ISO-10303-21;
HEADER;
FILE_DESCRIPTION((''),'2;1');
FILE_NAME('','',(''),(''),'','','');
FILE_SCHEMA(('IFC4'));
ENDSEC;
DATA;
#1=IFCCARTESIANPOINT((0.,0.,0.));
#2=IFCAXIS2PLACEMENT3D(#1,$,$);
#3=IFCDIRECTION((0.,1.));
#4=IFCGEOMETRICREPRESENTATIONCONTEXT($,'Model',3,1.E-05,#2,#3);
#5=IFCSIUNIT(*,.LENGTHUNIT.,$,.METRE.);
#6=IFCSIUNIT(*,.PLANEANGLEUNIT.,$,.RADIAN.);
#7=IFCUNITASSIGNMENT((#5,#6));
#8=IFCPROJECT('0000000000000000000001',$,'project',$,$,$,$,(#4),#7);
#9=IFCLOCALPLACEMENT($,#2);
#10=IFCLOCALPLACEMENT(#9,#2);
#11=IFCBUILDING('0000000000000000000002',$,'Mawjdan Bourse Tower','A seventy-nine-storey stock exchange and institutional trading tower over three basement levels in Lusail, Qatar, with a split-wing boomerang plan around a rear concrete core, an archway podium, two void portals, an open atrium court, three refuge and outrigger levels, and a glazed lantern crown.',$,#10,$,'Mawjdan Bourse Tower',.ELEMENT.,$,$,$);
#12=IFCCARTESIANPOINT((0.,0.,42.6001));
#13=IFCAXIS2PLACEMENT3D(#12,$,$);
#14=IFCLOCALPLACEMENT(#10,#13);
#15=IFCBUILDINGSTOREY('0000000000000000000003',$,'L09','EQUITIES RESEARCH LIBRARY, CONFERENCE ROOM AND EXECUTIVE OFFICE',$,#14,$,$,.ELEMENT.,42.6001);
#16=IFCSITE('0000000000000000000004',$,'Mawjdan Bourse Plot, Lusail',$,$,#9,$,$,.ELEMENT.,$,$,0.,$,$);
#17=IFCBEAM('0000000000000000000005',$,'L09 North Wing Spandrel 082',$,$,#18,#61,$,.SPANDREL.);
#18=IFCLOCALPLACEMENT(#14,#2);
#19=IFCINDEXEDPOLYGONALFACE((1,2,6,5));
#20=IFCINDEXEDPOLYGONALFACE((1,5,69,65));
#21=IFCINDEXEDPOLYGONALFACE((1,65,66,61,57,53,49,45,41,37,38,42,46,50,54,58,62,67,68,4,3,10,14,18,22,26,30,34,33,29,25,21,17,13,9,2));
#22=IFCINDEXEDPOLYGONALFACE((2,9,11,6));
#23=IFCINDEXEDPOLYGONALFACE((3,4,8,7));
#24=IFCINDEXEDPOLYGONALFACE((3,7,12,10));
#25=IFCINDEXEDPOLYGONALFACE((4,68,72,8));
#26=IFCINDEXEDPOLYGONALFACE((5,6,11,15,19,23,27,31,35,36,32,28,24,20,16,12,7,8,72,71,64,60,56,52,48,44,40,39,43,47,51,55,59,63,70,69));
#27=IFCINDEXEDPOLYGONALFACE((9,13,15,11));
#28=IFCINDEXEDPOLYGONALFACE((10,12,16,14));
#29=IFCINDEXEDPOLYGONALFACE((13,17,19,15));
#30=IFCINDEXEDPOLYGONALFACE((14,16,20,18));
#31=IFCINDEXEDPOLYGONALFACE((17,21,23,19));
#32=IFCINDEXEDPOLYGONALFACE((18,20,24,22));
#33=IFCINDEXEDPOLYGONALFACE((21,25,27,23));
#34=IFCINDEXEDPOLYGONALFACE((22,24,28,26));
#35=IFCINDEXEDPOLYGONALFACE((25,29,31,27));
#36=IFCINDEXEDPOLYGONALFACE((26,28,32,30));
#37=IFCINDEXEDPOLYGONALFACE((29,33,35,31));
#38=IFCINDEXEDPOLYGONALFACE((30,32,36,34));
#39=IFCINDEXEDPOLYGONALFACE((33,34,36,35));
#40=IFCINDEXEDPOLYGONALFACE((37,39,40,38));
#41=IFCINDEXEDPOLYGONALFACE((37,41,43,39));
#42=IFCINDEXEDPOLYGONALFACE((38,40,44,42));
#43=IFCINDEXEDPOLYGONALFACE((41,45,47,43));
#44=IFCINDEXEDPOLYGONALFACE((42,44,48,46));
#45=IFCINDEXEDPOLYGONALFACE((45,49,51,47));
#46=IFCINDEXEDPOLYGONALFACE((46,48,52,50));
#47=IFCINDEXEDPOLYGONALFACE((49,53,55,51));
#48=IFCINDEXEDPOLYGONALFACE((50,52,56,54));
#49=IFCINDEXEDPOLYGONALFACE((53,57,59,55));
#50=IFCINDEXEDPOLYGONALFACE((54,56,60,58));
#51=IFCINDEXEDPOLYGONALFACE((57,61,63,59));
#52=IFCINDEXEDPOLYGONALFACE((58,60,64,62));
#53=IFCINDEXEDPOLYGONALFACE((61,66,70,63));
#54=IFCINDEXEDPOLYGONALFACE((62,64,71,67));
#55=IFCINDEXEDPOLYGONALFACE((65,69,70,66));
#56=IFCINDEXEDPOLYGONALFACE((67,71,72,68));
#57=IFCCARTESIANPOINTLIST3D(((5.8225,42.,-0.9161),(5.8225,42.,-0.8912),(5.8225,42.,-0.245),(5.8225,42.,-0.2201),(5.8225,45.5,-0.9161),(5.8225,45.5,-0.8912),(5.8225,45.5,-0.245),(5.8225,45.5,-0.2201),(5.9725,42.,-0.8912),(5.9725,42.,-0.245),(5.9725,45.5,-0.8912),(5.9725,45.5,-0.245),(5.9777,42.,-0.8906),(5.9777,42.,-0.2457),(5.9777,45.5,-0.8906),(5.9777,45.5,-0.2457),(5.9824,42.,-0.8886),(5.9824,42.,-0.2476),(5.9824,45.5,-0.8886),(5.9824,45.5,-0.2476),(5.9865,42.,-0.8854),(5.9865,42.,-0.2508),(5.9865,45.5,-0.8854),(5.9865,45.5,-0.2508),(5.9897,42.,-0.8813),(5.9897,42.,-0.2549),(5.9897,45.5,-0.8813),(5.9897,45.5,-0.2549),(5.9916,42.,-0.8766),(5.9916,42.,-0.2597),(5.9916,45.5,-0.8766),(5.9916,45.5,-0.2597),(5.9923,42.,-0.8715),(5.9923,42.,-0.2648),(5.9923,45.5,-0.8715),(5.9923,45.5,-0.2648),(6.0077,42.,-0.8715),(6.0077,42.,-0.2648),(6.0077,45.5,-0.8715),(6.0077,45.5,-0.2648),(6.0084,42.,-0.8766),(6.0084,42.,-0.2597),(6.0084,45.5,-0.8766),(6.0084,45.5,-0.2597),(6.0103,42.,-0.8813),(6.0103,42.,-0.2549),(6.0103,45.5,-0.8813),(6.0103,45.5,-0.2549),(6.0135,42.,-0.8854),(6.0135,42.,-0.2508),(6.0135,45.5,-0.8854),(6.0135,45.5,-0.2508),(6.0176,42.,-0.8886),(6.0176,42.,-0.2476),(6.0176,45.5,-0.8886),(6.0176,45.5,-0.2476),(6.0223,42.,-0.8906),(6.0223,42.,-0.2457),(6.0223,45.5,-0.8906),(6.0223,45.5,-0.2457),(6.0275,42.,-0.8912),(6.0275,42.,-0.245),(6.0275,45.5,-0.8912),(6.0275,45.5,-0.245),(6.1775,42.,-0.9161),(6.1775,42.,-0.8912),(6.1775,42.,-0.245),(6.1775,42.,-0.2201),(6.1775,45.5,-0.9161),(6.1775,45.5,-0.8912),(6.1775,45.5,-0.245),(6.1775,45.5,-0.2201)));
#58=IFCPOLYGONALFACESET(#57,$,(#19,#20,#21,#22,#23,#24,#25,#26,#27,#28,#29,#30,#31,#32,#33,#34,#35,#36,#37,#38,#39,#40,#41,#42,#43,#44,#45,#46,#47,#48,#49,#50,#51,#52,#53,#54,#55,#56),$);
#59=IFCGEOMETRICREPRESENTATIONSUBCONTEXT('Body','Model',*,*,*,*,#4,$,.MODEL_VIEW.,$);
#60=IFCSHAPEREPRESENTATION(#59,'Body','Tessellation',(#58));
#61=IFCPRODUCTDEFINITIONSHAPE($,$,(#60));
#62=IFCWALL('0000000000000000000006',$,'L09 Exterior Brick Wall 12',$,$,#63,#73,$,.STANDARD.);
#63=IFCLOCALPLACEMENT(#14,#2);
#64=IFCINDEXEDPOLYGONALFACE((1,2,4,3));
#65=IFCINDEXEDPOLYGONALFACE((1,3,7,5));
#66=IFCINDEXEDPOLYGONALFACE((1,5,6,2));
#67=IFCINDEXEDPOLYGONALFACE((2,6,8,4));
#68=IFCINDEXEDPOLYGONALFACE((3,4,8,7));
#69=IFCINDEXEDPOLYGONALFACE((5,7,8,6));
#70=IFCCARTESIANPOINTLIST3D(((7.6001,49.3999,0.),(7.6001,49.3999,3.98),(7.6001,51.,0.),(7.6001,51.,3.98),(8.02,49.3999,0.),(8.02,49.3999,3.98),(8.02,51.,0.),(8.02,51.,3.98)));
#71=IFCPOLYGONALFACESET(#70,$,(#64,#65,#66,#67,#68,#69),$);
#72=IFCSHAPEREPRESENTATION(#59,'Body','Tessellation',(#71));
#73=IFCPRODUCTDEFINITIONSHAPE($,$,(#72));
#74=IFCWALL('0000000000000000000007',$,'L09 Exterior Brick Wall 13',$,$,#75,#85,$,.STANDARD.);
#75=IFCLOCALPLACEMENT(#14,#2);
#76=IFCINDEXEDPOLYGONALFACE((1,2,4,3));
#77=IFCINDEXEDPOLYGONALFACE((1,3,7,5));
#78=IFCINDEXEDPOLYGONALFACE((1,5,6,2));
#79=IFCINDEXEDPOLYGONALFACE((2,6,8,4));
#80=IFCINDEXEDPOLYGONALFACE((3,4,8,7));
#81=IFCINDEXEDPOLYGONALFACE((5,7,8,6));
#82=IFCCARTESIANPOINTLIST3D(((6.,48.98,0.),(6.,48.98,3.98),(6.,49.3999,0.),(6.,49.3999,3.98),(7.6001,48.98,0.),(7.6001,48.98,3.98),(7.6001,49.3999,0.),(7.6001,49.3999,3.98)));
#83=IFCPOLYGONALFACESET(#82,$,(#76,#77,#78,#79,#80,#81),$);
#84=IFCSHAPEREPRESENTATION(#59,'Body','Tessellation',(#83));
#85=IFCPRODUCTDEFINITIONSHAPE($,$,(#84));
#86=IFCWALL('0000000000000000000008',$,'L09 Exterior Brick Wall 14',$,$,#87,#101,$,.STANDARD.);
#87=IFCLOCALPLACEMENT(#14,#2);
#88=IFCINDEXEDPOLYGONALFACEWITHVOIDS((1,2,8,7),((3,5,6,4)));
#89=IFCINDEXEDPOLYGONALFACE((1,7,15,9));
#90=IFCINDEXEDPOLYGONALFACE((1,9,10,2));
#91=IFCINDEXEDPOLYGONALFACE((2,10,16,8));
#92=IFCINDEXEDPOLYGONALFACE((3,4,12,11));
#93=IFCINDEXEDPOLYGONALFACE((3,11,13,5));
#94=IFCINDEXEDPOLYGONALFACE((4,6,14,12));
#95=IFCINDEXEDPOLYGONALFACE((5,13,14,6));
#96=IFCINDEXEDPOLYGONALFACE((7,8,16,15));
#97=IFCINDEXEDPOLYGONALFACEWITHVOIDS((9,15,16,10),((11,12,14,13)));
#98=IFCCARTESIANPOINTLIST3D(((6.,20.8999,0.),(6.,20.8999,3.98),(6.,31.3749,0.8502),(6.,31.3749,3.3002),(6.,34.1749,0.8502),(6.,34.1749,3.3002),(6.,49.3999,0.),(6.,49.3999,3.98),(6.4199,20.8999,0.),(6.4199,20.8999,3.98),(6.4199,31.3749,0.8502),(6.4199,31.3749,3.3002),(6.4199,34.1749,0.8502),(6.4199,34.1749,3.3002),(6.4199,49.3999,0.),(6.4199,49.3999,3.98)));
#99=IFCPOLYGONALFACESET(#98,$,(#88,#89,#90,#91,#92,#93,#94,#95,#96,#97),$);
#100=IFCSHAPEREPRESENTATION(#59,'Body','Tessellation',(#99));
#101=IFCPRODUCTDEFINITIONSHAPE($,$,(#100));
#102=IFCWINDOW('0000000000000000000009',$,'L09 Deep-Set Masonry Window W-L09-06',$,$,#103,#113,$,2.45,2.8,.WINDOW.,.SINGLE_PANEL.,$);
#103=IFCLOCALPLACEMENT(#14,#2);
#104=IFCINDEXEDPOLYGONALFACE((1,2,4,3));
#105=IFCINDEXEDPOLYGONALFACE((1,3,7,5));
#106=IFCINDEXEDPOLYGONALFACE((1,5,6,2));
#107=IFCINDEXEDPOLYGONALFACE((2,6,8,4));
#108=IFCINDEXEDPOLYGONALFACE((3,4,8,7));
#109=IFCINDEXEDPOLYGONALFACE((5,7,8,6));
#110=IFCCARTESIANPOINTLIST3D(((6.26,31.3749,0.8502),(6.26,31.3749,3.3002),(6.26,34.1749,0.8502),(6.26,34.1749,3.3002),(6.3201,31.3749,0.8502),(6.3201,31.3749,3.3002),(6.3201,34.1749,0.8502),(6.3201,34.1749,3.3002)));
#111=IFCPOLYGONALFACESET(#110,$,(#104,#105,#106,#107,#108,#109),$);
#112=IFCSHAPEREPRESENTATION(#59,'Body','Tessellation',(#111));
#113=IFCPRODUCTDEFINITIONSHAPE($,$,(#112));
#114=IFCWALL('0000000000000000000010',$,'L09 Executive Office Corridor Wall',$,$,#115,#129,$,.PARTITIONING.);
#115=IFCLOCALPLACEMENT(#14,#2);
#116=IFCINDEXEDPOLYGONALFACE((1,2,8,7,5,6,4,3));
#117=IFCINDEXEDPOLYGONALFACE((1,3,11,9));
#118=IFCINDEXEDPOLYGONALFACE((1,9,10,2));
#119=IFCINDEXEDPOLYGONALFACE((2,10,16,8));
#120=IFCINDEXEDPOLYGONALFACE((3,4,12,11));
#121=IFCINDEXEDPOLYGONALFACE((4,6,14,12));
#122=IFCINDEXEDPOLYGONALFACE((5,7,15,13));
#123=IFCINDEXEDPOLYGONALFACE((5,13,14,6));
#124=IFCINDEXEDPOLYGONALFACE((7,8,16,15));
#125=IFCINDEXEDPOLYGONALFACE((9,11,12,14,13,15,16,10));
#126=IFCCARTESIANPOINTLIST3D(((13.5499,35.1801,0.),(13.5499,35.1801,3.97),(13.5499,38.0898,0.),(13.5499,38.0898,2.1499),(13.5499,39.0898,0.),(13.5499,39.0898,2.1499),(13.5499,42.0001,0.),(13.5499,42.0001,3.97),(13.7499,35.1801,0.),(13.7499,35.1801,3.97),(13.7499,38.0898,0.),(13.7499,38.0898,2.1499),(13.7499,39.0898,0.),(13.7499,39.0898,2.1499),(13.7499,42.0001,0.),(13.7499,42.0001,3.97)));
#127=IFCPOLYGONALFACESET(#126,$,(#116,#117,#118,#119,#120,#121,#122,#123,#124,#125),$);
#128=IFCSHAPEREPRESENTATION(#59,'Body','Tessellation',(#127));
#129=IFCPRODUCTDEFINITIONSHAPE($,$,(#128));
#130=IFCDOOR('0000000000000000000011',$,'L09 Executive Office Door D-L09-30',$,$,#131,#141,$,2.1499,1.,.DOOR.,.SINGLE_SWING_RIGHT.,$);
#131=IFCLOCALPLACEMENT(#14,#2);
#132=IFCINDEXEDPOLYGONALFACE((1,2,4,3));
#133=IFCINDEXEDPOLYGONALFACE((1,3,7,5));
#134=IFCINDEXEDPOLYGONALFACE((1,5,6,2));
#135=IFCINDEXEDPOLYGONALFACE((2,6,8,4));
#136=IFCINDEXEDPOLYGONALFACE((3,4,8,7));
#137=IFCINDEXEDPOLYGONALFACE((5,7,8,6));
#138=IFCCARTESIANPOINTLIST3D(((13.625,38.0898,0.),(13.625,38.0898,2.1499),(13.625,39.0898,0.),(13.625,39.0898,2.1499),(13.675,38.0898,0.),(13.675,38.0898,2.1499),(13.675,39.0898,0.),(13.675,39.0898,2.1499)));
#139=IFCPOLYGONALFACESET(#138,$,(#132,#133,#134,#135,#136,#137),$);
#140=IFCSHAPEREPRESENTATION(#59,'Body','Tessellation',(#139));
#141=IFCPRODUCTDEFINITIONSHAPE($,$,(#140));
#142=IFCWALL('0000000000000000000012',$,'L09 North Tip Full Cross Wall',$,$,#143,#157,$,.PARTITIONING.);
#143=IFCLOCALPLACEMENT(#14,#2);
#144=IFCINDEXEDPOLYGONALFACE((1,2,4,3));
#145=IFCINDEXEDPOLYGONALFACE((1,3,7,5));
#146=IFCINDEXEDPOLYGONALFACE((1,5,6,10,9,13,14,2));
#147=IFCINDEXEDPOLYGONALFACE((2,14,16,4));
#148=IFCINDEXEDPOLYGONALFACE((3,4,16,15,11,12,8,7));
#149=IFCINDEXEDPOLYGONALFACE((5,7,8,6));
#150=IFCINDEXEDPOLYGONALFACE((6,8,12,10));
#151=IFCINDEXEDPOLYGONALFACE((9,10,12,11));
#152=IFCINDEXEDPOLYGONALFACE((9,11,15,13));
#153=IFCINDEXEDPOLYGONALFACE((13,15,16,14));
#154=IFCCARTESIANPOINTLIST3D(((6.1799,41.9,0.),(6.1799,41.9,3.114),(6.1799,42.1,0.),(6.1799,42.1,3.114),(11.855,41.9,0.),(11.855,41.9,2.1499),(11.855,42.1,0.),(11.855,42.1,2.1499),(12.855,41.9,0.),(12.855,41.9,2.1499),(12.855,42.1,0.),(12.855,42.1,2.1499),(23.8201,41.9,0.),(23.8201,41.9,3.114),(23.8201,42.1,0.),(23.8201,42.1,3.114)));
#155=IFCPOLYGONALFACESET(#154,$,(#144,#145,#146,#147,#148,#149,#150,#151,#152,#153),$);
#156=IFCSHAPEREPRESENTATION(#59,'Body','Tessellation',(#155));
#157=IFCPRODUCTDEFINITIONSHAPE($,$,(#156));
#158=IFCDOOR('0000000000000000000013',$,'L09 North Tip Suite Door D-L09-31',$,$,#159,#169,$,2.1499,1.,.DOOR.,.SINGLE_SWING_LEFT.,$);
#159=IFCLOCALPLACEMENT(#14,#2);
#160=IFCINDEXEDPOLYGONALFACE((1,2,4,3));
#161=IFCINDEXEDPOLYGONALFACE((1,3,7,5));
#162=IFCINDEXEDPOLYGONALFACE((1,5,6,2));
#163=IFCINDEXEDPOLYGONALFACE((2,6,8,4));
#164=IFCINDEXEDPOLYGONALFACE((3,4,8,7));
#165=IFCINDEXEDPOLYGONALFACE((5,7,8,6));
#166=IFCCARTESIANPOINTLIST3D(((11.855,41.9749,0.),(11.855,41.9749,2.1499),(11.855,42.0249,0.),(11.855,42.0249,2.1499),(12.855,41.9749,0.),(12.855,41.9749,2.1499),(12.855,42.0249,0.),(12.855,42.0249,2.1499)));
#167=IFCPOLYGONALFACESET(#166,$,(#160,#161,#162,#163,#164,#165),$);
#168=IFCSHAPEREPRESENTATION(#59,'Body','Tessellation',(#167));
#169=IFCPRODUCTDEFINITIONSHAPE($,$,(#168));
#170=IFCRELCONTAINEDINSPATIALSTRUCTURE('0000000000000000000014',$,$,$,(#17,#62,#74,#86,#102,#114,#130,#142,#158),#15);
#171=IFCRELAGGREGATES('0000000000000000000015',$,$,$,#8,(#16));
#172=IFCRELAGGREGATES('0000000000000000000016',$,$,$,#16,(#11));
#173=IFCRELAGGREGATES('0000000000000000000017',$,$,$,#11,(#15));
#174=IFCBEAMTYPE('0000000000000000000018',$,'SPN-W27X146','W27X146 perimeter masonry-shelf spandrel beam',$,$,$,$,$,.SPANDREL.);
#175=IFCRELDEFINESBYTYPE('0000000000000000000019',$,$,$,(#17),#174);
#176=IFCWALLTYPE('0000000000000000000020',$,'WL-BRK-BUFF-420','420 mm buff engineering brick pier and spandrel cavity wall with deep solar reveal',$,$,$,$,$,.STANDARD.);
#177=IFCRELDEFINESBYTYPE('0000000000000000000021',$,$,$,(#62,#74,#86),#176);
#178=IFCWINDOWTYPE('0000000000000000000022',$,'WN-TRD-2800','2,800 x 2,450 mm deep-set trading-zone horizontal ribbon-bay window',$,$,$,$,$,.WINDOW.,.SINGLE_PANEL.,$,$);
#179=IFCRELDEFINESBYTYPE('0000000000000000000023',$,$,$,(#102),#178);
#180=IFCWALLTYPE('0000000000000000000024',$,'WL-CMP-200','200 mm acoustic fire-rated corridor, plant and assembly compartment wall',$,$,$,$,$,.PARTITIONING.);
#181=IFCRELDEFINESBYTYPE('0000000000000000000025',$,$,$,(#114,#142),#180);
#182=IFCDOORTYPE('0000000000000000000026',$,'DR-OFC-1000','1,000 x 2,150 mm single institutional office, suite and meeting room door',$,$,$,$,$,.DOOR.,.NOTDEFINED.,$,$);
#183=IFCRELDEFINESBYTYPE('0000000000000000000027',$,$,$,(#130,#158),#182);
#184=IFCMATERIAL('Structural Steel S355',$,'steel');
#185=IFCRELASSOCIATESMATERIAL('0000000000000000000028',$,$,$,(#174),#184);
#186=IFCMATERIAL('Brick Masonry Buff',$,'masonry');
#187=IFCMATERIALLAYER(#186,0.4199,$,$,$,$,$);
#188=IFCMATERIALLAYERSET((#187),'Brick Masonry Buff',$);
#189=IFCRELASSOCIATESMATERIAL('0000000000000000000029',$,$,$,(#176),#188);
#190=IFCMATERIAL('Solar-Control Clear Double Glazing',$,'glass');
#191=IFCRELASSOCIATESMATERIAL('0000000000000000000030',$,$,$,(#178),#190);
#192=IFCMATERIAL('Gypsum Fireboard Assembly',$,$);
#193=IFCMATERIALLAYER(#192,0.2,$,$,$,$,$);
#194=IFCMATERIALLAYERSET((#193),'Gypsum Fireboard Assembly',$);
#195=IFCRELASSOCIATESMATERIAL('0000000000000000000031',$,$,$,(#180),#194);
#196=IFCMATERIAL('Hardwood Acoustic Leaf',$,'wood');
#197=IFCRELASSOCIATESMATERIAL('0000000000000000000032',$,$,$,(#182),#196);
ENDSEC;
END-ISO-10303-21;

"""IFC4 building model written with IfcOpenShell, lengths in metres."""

from ifc_helpers import new_model, si_unit, direction, frame, frame_2d, origin, origin_2d, place, context, subcontext, project, spatial, rectangle, i_section, extrude, material, layer, layer_set, material_profile, profile_set, type_object, element, fill, save


model = new_model("IFC4")

# Units and contexts
model_context = context("Model", 3, precision=1e-05, world=origin(), true_north=direction((0.0, 1.0)))
body_context = subcontext(model_context, "Body", "Model", "MODEL_VIEW")
ifc_project = project(units=[si_unit("LENGTHUNIT", "METRE"), si_unit("PLANEANGLEUNIT", "RADIAN")], contexts=[model_context])

# Site, building, storey
site_placement = place(None, origin())
site = spatial("IfcSite", under=ifc_project, at=site_placement, Name="Mawjdan Bourse Plot, Lusail", CompositionType="ELEMENT", RefElevation=0.0)
building_placement = place(site_placement, origin())
building = spatial("IfcBuilding", under=site, at=building_placement, Name="Mawjdan Bourse Tower", Description="A seventy-nine-storey stock exchange and institutional trading tower over three basement levels in Lusail, Qatar, with a split-wing boomerang plan around a rear concrete core, an archway podium, two void portals, an open atrium court, three refuge and outrigger levels, and a glazed lantern crown.", LongName="Mawjdan Bourse Tower", CompositionType="ELEMENT")
storey_placement = place(building_placement, frame((0.0, 0.0, 42.6001)))
storey = spatial("IfcBuildingStorey", under=building, at=storey_placement, Name="L09", Description="EQUITIES RESEARCH LIBRARY, CONFERENCE ROOM AND EXECUTIVE OFFICE", CompositionType="ELEMENT", Elevation=42.6001)

# Beam
ifc_material_1 = material(Name="Structural Steel S355", Category="steel")
ifc_material_profile_1 = material_profile(ifc_material_1, i_section(OverallWidth=0.355, OverallDepth=0.696, WebThickness=0.0154, FlangeThickness=0.0249, FilletRadius=0.0198, at=origin_2d()), Name="W27X146")
ifc_profile_set_1 = profile_set([ifc_material_profile_1], Name="Structural Steel S355")
beam_type_1 = type_object("IfcBeamType", Name="SPN-W27X146", Description="W27X146 perimeter masonry-shelf spandrel beam", PredefinedType="SPANDREL", material=ifc_profile_set_1)
beam_1_placement = place(storey_placement, frame((6.0, 42.0, -0.5681), z_axis=(0.0, 1.0, 0.0), x_axis=(-1.0, 0.0, 0.0)))
element("IfcBeam", 1, at=beam_1_placement, inside=storey, type_object=beam_type_1, Name="L09 North Wing Spandrel 082", PredefinedType="SPANDREL", context=body_context, shape_type="SweptSolid", body=[
    extrude(i_section(OverallWidth=0.355, OverallDepth=0.696, WebThickness=0.0154, FlangeThickness=0.0249, FilletRadius=0.0198, at=origin_2d()), origin(), (0.0, 0.0, 1.0), 3.5),
])

# Walls
ifc_material_2 = material(Name="Brick Masonry Buff", Category="masonry")
ifc_layer_1 = layer(ifc_material_2, 0.4199)
ifc_layer_set_1 = layer_set([ifc_layer_1], Name="Brick Masonry Buff")
wall_type_1 = type_object("IfcWallType", Name="WL-BRK-BUFF-420", Description="420 mm buff engineering brick pier and spandrel cavity wall with deep solar reveal", PredefinedType="STANDARD", material=ifc_layer_set_1)
for number, where, z_axis, x_axis, name in (
    (2, (7.8101, 51.0, 0.0), (0.0, 0.0, 1.0), (0.0, -1.0, 0.0), "L09 Exterior Brick Wall 12"),
    (3, (7.6001, 49.1899, 0.0), (0.0, 0.0, 1.0), (-1.0, 0.0, 0.0), "L09 Exterior Brick Wall 13"),
):
    element("IfcWall", number, at=place(storey_placement, frame(where, z_axis=z_axis, x_axis=x_axis)), inside=storey, type_object=wall_type_1, Name=name, PredefinedType="STANDARD", context=body_context, shape_type="SweptSolid", body=[
        extrude(rectangle(XDim=1.6001, YDim=0.4199, at=frame_2d((0.8, 0.0))), origin(), (0.0, 0.0, 1.0), 3.98),
    ])

# Wall, opening, window
wall_1_placement = place(storey_placement, frame((6.21, 49.3999, 0.0), z_axis=(0.0, 0.0, 1.0), x_axis=(0.0, -1.0, 0.0)))
wall_1 = element("IfcWall", 4, at=wall_1_placement, inside=storey, type_object=wall_type_1, Name="L09 Exterior Brick Wall 14", PredefinedType="STANDARD", context=body_context, shape_type="SweptSolid", body=[
    extrude(rectangle(XDim=28.5, YDim=0.4199, at=frame_2d((14.25, 0.0))), origin(), (0.0, 0.0, 1.0), 3.98),
])
opening_1_placement = place(wall_1_placement, frame((15.2251, 0.0, 0.8501)))
opening_1 = element("IfcOpeningElement", 5, at=opening_1_placement, cuts=wall_1, PredefinedType="OPENING", context=body_context, shape_type="SweptSolid", body=[
    extrude(rectangle(XDim=2.8, YDim=2.45, at=frame_2d((1.3999, 1.2251))), frame((0.0, 0.22, 0.0), z_axis=(0.0, -1.0, 0.0), x_axis=(1.0, 0.0, 0.0)), (0.0, 0.0, 1.0), 0.4399),
])
ifc_material_3 = material(Name="Solar-Control Clear Double Glazing", Category="glass")
window_type = type_object("IfcWindowType", Name="WN-TRD-2800", Description="2,800 x 2,450 mm deep-set trading-zone horizontal ribbon-bay window", PartitioningType="SINGLE_PANEL", PredefinedType="WINDOW", material=ifc_material_3)
window_placement = place(opening_1_placement, origin())
window = element("IfcWindow", 6, at=window_placement, inside=storey, type_object=window_type, Name="L09 Deep-Set Masonry Window W-L09-06", OverallHeight=2.45, OverallWidth=2.8, PartitioningType="SINGLE_PANEL", PredefinedType="WINDOW", context=body_context, shape_type="SweptSolid", body=[
    extrude(rectangle(XDim=2.8, YDim=2.45, at=frame_2d((1.3999, 1.2251))), frame((0.0, 0.1101, 0.0), z_axis=(0.0, -1.0, 0.0), x_axis=(1.0, 0.0, 0.0)), (0.0, 0.0, 1.0), 0.0601),
])
fill(opening_1, window)

# Walls, openings, doors
ifc_material_4 = material(Name="Gypsum Fireboard Assembly")
ifc_layer_2 = layer(ifc_material_4, 0.2)
ifc_layer_set_2 = layer_set([ifc_layer_2], Name="Gypsum Fireboard Assembly")
wall_type_2 = type_object("IfcWallType", Name="WL-CMP-200", Description="200 mm acoustic fire-rated corridor, plant and assembly compartment wall", PredefinedType="PARTITIONING", material=ifc_layer_set_2)
wall_2_placement = place(storey_placement, frame((13.6499, 35.1799, 0.0), z_axis=(0.0, 0.0, 1.0), x_axis=(0.0, 1.0, 0.0)))
wall_2 = element("IfcWall", 7, at=wall_2_placement, inside=storey, type_object=wall_type_2, Name="L09 Executive Office Corridor Wall", PredefinedType="PARTITIONING", context=body_context, shape_type="SweptSolid", body=[
    extrude(rectangle(XDim=6.8201, YDim=0.2, at=frame_2d((3.4102, 0.0))), origin(), (0.0, 0.0, 1.0), 3.97),
])
opening_2_placement = place(wall_2_placement, frame((2.9099, 0.0, 0.0)))
opening_2 = element("IfcOpeningElement", 8, at=opening_2_placement, cuts=wall_2, PredefinedType="OPENING", context=body_context, shape_type="SweptSolid", body=[
    extrude(rectangle(XDim=1.0, YDim=2.1499, at=frame_2d((0.5, 1.075))), frame((0.0, 0.1099, 0.0), z_axis=(0.0, -1.0, 0.0), x_axis=(1.0, 0.0, 0.0)), (0.0, 0.0, 1.0), 0.22),
])
ifc_material_5 = material(Name="Hardwood Acoustic Leaf", Category="wood")
door_type = type_object("IfcDoorType", Name="DR-OFC-1000", Description="1,000 x 2,150 mm single institutional office, suite and meeting room door", OperationType="NOTDEFINED", PredefinedType="DOOR", material=ifc_material_5)
door_1_placement = place(opening_2_placement, origin())
door_1 = element("IfcDoor", 9, at=door_1_placement, inside=storey, type_object=door_type, Name="L09 Executive Office Door D-L09-30", OperationType="SINGLE_SWING_RIGHT", OverallHeight=2.1499, OverallWidth=1.0, PredefinedType="DOOR", context=body_context, shape_type="SweptSolid", body=[
    extrude(rectangle(XDim=1.0, YDim=2.1499, at=frame_2d((0.5, 1.075))), frame((0.0, 0.0249, 0.0), z_axis=(0.0, -1.0, 0.0), x_axis=(1.0, 0.0, 0.0)), (0.0, 0.0, 1.0), 0.05),
])
fill(opening_2, door_1)
wall_3_placement = place(storey_placement, frame((6.1799, 42.0, 0.0), z_axis=(0.0, 0.0, 1.0), x_axis=(1.0, 0.0, 0.0)))
wall_3 = element("IfcWall", 10, at=wall_3_placement, inside=storey, type_object=wall_type_2, Name="L09 North Tip Full Cross Wall", PredefinedType="PARTITIONING", context=body_context, shape_type="SweptSolid", body=[
    extrude(rectangle(XDim=17.6401, YDim=0.2, at=frame_2d((8.8201, 0.0))), origin(), (0.0, 0.0, 1.0), 3.114),
])
opening_3_placement = place(wall_3_placement, frame((5.675, 0.0, 0.0)))
opening_3 = element("IfcOpeningElement", 11, at=opening_3_placement, cuts=wall_3, PredefinedType="OPENING", context=body_context, shape_type="SweptSolid", body=[
    extrude(rectangle(XDim=1.0, YDim=2.1499, at=frame_2d((0.5, 1.075))), frame((0.0, 0.1099, 0.0), z_axis=(0.0, -1.0, 0.0), x_axis=(1.0, 0.0, 0.0)), (0.0, 0.0, 1.0), 0.22),
])
door_2_placement = place(opening_3_placement, origin())
door_2 = element("IfcDoor", 12, at=door_2_placement, inside=storey, type_object=door_type, Name="L09 North Tip Suite Door D-L09-31", OperationType="SINGLE_SWING_LEFT", OverallHeight=2.1499, OverallWidth=1.0, PredefinedType="DOOR", context=body_context, shape_type="SweptSolid", body=[
    extrude(rectangle(XDim=1.0, YDim=2.1499, at=frame_2d((0.5, 1.075))), frame((0.0, 0.0249, 0.0), z_axis=(0.0, -1.0, 0.0), x_axis=(1.0, 0.0, 0.0)), (0.0, 0.0, 1.0), 0.05),
])
fill(opening_3, door_2)

save(model, "model.ifc")
